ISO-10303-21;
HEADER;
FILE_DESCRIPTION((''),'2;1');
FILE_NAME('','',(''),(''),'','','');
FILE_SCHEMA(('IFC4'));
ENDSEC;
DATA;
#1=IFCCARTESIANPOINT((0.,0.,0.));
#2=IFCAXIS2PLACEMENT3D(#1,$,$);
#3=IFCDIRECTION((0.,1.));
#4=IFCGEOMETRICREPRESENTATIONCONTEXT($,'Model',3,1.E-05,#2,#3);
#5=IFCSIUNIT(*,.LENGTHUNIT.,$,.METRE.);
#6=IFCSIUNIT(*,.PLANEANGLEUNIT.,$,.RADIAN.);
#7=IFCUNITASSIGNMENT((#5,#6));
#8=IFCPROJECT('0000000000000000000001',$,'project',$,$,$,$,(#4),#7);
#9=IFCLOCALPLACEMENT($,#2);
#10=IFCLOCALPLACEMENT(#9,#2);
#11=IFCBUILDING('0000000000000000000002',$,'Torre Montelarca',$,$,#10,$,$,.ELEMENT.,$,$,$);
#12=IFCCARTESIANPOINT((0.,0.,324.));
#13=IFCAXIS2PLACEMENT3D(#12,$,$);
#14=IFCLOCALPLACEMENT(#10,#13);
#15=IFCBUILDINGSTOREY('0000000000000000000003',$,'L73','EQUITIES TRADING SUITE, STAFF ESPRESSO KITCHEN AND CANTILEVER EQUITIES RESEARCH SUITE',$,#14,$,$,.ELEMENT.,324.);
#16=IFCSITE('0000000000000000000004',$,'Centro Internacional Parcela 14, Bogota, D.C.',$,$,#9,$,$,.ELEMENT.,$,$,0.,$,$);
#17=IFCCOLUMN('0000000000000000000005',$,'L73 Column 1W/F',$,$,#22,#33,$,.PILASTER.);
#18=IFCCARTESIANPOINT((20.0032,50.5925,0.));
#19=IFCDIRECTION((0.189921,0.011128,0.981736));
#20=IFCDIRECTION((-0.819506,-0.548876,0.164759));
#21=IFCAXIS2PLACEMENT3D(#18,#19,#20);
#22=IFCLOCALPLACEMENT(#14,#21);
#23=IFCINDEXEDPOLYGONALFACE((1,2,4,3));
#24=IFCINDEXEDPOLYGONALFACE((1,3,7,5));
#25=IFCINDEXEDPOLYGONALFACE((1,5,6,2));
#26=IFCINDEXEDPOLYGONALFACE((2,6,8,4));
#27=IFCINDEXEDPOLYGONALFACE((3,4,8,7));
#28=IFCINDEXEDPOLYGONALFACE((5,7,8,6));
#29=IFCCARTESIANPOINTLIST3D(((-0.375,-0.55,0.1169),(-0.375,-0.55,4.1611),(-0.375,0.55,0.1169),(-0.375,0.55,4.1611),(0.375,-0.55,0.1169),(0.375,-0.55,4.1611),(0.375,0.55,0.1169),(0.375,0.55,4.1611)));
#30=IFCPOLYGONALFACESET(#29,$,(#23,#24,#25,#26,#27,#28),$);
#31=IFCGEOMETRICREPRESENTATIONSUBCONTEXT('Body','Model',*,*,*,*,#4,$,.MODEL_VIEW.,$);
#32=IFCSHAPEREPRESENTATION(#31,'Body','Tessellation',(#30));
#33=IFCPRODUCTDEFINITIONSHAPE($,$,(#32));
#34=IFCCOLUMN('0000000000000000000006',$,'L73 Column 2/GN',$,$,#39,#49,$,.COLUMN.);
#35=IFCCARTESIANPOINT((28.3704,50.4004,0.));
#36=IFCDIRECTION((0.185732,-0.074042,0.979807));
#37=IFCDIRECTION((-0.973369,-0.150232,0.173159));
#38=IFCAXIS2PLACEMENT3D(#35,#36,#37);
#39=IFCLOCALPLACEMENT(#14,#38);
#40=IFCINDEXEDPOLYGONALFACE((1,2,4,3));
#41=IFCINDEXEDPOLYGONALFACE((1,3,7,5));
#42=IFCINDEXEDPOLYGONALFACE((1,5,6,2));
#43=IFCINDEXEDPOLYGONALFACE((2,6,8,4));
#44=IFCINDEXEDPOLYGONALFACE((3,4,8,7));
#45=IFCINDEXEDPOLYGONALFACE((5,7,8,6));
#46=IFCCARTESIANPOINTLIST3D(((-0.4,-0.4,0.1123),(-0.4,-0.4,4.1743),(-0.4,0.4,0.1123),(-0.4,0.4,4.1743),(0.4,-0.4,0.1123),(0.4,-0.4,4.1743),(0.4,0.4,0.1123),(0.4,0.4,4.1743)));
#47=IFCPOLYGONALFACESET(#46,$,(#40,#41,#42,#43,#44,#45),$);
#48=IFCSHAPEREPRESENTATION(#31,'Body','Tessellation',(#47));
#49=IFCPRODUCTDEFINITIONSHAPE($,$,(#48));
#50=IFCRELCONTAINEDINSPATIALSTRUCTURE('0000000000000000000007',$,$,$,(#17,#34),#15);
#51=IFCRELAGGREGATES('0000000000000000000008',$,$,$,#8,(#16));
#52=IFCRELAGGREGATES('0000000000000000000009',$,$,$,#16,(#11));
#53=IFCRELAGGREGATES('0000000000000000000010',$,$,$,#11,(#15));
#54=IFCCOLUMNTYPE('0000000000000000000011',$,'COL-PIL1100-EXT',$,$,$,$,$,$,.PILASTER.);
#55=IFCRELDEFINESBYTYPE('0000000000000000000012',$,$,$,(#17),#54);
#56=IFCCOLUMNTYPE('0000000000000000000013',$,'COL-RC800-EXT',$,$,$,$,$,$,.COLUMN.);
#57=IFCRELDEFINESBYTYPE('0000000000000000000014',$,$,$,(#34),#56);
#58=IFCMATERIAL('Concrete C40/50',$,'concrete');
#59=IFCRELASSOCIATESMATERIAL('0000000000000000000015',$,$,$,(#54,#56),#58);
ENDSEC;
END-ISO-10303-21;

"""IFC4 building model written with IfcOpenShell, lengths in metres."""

from ifc_helpers import new_model, si_unit, direction, frame, origin, origin_2d, place, context, subcontext, project, spatial, rectangle, extrude, clip, halfspace, material, material_profile, profile_set, type_object, element, save


model = new_model("IFC4")

# Units and contexts
model_context = context("Model", 3, precision=1e-05, world=origin(), true_north=direction((0.0, 1.0)))
body_context = subcontext(model_context, "Body", "Model", "MODEL_VIEW")
ifc_project = project(units=[si_unit("LENGTHUNIT", "METRE"), si_unit("PLANEANGLEUNIT", "RADIAN")], contexts=[model_context])

# Site, building, storey
site_placement = place(None, origin())
site = spatial("IfcSite", under=ifc_project, at=site_placement, Name="Centro Internacional Parcela 14, Bogota, D.C.", CompositionType="ELEMENT", RefElevation=0.0)
building_placement = place(site_placement, origin())
building = spatial("IfcBuilding", under=site, at=building_placement, Name="Torre Montelarca", CompositionType="ELEMENT")
storey_placement = place(building_placement, frame((0.0, 0.0, 324.0)))
storey = spatial("IfcBuildingStorey", under=building, at=storey_placement, Name="L73", Description="EQUITIES TRADING SUITE, STAFF ESPRESSO KITCHEN AND CANTILEVER EQUITIES RESEARCH SUITE", CompositionType="ELEMENT", Elevation=324.0)

# Columns
ifc_material_1 = material(Name="Concrete C40/50", Category="concrete")
ifc_material_profile_1 = material_profile(ifc_material_1, rectangle(XDim=0.75, YDim=1.1001, at=origin_2d()), Name="RC1100X750", Category="concrete")
ifc_profile_set_1 = profile_set([ifc_material_profile_1], Name="Concrete C40/50")
column_type_1 = type_object("IfcColumnType", Name="COL-PIL1100-EXT", PredefinedType="PILASTER", material=ifc_profile_set_1)
column_1_placement = place(storey_placement, frame((20.0032, 50.5925, 0.0), z_axis=(0.189921, 0.011128, 0.981736), x_axis=(-0.819506, -0.548876, 0.164759)))
element("IfcColumn", 1, at=column_1_placement, inside=storey, type_object=column_type_1, Name="L73 Column 1W/F", PredefinedType="PILASTER", context=body_context, shape_type="Clipping", body=[
    clip(clip(extrude(rectangle(XDim=0.75, YDim=1.1001, at=origin_2d()), origin(), (0.0, 0.0, 1.0), 4.2781), halfspace(frame((0.0, 0.0, 0.1169), z_axis=(0.0, 0.0, -1.0), x_axis=(1.0, 0.0, 0.0)), False)), halfspace(frame((0.0, 0.0, 4.1611), z_axis=(0.0, 0.0, 1.0), x_axis=(1.0, 0.0, 0.0)), False)),
])
ifc_material_profile_2 = material_profile(ifc_material_1, rectangle(XDim=0.8, YDim=0.8, at=origin_2d()), Name="RC800X800", Category="concrete")
ifc_profile_set_2 = profile_set([ifc_material_profile_2], Name="Concrete C40/50")
column_type_2 = type_object("IfcColumnType", Name="COL-RC800-EXT", PredefinedType="COLUMN", material=ifc_profile_set_2)
column_2_placement = place(storey_placement, frame((28.3704, 50.4004, 0.0), z_axis=(0.185732, -0.074042, 0.979807), x_axis=(-0.973369, -0.150232, 0.173159)))
element("IfcColumn", 2, at=column_2_placement, inside=storey, type_object=column_type_2, Name="L73 Column 2/GN", PredefinedType="COLUMN", context=body_context, shape_type="Clipping", body=[
    clip(clip(extrude(rectangle(XDim=0.8, YDim=0.8, at=origin_2d()), origin(), (0.0, 0.0, 1.0), 4.2866), halfspace(frame((0.0, 0.0, 0.1123), z_axis=(0.0, 0.0, -1.0), x_axis=(1.0, 0.0, 0.0)), False)), halfspace(frame((0.0, 0.0, 4.1743), z_axis=(0.0, 0.0, 1.0), x_axis=(1.0, 0.0, 0.0)), False)),
])

save(model, "model.ifc")
